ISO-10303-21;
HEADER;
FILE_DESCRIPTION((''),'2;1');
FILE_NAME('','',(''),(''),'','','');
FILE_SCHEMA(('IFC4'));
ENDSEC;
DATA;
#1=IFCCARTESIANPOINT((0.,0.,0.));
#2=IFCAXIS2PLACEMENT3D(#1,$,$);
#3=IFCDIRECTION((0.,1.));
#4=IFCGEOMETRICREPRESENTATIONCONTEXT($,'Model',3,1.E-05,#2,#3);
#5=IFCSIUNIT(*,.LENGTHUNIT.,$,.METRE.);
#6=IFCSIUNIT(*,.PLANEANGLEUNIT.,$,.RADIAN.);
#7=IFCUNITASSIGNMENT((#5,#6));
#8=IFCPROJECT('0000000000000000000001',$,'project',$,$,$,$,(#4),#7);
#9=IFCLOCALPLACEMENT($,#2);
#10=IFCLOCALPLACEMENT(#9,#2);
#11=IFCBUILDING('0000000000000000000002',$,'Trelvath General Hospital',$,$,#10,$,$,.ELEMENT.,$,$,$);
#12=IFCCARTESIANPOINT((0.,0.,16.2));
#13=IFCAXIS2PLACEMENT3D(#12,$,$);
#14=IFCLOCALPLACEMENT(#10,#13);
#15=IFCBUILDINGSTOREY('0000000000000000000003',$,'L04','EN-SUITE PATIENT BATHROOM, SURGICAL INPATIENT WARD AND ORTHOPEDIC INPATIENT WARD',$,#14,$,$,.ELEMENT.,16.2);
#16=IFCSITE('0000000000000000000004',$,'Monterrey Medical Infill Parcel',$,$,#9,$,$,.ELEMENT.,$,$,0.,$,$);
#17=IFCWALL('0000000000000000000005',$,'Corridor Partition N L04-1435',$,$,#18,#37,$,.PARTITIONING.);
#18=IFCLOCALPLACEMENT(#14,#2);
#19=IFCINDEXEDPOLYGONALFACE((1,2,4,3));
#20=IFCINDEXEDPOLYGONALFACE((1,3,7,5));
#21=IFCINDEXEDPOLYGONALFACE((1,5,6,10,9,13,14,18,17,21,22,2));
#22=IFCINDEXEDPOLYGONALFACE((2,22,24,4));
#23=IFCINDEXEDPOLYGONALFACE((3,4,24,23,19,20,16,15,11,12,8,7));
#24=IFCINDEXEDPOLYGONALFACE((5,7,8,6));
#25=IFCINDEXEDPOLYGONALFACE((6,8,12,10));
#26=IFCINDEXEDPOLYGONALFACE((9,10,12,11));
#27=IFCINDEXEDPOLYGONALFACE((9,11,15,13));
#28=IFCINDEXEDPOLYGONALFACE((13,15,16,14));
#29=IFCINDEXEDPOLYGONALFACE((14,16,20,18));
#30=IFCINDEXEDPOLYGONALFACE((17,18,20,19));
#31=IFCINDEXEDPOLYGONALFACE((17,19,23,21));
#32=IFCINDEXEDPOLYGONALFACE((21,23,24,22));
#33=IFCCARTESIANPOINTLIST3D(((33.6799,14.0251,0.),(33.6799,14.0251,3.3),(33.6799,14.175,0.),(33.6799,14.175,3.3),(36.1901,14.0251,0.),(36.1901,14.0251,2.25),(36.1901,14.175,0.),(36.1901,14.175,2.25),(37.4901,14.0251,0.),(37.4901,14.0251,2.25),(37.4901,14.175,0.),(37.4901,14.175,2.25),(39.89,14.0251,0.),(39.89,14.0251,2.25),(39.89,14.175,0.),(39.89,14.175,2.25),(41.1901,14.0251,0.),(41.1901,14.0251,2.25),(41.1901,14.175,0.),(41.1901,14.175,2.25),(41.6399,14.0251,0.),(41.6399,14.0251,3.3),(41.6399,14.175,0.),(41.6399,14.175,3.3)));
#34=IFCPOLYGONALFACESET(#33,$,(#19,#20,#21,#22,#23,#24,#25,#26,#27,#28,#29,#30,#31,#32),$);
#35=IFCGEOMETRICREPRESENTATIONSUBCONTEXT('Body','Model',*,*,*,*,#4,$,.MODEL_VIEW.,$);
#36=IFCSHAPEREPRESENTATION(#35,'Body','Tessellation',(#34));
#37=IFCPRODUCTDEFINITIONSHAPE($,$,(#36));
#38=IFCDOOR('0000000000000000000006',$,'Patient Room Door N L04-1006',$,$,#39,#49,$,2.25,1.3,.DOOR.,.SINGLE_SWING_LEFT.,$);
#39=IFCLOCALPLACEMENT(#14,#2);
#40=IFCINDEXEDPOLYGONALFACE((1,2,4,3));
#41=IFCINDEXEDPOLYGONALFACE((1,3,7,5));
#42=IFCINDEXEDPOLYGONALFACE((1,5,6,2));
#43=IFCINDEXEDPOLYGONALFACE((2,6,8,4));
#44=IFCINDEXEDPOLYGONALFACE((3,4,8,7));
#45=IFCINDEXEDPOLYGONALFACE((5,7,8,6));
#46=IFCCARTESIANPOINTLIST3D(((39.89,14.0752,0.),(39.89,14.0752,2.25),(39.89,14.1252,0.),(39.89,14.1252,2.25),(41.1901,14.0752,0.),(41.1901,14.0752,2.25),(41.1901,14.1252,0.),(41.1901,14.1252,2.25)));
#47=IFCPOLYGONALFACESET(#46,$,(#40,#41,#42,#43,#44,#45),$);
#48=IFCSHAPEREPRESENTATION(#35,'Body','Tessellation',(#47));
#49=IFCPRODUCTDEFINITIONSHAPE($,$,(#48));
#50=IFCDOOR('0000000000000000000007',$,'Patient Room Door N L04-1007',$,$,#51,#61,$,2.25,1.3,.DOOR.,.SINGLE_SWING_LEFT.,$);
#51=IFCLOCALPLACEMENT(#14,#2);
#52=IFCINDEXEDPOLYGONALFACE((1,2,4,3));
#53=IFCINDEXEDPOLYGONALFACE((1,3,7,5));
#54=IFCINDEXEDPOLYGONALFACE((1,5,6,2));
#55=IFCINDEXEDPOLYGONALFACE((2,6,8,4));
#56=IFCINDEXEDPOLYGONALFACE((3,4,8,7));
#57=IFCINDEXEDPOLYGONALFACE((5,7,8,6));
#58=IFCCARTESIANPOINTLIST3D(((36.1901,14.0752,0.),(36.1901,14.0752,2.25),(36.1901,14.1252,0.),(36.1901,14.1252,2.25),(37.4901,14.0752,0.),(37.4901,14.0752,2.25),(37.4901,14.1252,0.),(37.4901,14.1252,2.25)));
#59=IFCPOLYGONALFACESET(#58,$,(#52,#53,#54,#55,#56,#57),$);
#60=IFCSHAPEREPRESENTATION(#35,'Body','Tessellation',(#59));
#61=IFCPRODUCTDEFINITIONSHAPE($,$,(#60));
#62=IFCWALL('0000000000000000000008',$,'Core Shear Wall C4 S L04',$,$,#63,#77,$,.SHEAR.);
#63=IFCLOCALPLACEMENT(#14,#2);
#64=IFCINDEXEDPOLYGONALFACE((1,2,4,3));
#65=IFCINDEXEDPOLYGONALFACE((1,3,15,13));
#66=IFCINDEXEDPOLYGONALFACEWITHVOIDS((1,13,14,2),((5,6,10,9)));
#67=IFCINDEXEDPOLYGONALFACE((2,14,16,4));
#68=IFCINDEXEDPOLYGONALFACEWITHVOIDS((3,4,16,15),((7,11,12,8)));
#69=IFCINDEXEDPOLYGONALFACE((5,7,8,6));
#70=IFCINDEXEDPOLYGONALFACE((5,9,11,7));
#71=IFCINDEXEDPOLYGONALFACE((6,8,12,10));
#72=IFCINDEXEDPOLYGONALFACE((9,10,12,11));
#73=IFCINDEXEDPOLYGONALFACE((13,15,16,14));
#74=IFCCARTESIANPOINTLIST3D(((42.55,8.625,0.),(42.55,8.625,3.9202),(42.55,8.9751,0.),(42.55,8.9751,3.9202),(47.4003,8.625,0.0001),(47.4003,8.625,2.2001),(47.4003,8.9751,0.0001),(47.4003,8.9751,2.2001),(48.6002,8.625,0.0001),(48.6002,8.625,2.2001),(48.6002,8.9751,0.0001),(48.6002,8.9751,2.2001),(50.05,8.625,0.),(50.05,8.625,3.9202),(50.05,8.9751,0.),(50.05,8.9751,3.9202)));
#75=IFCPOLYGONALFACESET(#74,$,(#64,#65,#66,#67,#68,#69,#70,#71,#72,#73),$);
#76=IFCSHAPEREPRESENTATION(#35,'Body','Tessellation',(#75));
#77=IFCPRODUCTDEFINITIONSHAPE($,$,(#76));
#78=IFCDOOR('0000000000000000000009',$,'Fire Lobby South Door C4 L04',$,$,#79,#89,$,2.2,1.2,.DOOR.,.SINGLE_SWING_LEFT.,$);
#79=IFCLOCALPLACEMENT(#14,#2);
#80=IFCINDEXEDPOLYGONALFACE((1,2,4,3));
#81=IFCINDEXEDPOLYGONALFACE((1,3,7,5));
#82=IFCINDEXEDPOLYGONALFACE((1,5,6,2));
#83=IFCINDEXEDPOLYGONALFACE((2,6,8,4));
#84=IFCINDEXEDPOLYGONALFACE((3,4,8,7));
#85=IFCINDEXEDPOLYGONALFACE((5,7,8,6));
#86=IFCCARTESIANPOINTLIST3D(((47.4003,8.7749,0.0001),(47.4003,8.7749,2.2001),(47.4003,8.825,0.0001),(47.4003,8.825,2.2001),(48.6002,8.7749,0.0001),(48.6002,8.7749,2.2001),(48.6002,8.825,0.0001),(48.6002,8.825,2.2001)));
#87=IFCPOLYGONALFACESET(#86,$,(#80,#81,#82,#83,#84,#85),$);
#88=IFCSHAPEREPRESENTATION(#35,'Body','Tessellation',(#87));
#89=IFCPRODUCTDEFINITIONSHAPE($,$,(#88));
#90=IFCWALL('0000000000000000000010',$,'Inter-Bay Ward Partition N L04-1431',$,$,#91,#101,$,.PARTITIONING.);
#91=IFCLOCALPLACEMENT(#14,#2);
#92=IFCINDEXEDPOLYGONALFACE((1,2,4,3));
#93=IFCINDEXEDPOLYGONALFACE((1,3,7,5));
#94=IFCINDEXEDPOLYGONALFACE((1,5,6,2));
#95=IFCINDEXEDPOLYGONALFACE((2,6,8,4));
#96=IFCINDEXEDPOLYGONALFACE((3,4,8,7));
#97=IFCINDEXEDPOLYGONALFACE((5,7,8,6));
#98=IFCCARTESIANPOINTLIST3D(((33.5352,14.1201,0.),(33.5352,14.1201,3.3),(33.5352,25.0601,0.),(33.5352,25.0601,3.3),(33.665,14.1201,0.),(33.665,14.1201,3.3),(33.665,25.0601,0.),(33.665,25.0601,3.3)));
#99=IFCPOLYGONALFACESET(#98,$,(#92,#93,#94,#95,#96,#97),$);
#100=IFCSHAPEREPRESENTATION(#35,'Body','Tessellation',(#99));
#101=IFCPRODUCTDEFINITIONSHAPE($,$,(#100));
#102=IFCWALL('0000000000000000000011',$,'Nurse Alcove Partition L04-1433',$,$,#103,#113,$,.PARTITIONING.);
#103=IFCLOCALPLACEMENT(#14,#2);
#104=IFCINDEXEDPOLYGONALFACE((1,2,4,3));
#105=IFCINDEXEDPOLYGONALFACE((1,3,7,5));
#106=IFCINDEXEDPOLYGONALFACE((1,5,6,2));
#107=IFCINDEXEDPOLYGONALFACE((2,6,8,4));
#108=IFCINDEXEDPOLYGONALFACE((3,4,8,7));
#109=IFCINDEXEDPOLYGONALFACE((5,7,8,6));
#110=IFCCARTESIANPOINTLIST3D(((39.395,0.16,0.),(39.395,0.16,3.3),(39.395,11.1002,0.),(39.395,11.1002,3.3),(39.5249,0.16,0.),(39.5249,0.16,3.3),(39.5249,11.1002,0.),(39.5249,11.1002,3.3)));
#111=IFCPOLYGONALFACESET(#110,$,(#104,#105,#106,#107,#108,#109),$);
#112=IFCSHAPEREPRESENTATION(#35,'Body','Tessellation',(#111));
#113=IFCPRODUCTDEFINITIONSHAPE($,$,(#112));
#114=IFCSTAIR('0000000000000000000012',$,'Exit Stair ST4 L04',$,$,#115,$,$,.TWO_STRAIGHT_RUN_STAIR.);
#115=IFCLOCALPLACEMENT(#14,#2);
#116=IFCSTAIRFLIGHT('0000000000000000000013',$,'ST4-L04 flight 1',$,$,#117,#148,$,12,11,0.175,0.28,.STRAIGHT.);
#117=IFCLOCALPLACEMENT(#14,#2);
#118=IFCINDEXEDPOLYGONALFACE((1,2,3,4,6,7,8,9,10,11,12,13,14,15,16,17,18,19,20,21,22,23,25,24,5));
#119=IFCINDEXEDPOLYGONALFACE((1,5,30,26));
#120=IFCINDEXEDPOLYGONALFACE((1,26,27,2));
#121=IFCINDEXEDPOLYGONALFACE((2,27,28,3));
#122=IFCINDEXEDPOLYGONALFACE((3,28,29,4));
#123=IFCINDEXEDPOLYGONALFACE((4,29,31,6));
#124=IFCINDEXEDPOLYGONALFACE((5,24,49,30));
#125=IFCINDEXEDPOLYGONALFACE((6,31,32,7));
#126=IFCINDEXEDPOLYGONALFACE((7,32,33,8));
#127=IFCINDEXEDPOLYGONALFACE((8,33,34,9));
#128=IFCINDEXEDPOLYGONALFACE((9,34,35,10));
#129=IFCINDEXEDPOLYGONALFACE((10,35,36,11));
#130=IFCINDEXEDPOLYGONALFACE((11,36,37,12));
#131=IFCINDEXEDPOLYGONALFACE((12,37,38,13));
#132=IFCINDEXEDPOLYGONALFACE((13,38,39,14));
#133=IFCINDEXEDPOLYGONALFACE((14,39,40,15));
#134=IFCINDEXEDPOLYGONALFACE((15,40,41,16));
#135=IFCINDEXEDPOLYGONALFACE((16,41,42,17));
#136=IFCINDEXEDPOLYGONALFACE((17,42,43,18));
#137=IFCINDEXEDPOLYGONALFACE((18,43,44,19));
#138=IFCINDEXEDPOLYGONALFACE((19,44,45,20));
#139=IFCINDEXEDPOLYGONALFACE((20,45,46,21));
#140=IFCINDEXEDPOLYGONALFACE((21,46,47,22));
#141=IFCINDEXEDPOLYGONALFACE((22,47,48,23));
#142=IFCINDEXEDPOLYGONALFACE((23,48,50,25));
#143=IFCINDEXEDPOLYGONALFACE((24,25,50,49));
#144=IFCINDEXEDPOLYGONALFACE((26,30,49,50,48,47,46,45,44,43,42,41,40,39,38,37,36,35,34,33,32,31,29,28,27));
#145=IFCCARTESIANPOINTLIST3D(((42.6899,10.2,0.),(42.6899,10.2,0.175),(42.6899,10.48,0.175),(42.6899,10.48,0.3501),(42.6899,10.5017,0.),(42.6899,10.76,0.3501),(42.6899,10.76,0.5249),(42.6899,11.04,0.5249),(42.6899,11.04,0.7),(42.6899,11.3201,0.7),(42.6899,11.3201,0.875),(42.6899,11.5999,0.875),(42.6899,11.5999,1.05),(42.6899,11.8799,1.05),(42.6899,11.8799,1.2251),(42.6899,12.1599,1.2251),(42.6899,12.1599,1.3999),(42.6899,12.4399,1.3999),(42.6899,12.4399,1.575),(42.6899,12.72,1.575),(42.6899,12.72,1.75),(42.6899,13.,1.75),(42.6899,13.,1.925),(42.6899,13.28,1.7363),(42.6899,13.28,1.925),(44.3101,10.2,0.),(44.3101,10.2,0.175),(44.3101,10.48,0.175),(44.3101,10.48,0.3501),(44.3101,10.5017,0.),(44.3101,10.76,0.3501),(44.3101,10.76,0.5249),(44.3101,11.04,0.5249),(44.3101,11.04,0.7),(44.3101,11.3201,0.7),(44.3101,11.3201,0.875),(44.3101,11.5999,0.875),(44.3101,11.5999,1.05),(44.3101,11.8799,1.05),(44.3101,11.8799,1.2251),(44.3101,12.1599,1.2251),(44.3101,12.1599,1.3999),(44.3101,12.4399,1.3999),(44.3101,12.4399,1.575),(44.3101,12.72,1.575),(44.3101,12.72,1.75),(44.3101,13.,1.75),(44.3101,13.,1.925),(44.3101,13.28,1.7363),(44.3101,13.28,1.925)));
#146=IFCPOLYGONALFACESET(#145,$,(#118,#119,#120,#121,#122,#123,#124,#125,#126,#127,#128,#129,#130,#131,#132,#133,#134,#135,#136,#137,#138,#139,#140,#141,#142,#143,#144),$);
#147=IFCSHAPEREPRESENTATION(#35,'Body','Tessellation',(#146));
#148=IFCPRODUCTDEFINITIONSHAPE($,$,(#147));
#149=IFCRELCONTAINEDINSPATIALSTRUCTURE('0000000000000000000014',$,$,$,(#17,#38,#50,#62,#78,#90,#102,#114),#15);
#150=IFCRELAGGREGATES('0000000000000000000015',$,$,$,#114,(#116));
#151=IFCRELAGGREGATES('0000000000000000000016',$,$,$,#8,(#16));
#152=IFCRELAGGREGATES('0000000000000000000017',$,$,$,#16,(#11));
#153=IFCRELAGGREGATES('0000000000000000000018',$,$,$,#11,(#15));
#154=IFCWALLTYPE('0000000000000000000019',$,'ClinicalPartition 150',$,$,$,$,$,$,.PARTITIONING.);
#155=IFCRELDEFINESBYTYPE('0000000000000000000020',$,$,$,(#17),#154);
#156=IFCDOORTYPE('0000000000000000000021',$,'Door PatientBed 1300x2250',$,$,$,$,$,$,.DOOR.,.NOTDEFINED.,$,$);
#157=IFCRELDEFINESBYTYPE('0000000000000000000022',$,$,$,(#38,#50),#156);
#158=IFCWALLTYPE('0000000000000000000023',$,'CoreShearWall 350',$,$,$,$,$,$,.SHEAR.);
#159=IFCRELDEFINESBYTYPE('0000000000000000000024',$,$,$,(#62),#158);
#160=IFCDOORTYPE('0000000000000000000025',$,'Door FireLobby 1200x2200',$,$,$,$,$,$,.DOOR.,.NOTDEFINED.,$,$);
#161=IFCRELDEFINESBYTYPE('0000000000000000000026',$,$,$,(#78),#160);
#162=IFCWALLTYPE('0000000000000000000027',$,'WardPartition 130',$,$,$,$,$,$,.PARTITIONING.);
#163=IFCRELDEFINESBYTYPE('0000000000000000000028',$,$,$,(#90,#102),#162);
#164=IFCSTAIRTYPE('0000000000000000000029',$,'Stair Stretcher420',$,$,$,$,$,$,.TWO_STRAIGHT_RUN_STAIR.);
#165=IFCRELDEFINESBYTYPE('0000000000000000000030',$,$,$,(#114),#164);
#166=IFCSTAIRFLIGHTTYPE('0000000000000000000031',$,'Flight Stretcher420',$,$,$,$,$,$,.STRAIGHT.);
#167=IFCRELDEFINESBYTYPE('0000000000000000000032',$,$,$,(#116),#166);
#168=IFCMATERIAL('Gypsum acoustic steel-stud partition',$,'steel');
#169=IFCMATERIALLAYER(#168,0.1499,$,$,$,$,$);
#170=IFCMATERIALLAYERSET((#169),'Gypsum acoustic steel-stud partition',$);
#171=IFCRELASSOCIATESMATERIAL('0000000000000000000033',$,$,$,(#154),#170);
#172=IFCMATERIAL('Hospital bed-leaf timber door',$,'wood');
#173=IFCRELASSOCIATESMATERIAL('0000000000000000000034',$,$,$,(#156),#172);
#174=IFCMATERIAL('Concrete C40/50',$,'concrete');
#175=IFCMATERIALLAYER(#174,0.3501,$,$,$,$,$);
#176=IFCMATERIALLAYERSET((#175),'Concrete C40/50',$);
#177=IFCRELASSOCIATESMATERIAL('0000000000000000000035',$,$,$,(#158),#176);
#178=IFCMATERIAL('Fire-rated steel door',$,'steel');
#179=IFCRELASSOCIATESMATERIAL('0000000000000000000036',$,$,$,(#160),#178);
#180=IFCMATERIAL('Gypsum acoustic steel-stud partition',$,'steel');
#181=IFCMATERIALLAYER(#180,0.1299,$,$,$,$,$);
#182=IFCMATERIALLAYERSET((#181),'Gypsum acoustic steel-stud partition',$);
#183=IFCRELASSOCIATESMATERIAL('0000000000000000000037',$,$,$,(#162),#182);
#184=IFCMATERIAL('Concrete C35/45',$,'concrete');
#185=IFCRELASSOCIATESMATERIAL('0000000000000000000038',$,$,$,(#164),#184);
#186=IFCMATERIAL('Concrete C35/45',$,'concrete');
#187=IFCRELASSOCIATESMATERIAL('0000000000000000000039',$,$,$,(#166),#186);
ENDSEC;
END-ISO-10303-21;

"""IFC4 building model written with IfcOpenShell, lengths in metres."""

from ifc_helpers import new_model, si_unit, direction, frame, frame_2d, origin, place, context, subcontext, project, spatial, polyline, rectangle, outline, extrude, material, layer, layer_set, type_object, element, fill, aggregate, save


model = new_model("IFC4")

# Units and contexts
model_context = context("Model", 3, precision=1e-05, world=origin(), true_north=direction((0.0, 1.0)))
body_context = subcontext(model_context, "Body", "Model", "MODEL_VIEW")
ifc_project = project(units=[si_unit("LENGTHUNIT", "METRE"), si_unit("PLANEANGLEUNIT", "RADIAN")], contexts=[model_context])

# Site, building, storey
site_placement = place(None, origin())
site = spatial("IfcSite", under=ifc_project, at=site_placement, Name="Monterrey Medical Infill Parcel", CompositionType="ELEMENT", RefElevation=0.0)
building_placement = place(site_placement, origin())
building = spatial("IfcBuilding", under=site, at=building_placement, Name="Trelvath General Hospital", CompositionType="ELEMENT")
storey_placement = place(building_placement, frame((0.0, 0.0, 16.2)))
storey = spatial("IfcBuildingStorey", under=building, at=storey_placement, Name="L04", Description="EN-SUITE PATIENT BATHROOM, SURGICAL INPATIENT WARD AND ORTHOPEDIC INPATIENT WARD", CompositionType="ELEMENT", Elevation=16.2)

# Shared definitions
ifc_material_1 = material(Name="Gypsum acoustic steel-stud partition", Category="steel")
ifc_layer_1 = layer(ifc_material_1, 0.1499)
ifc_layer_set_1 = layer_set([ifc_layer_1], Name="Gypsum acoustic steel-stud partition")
wall_type_1 = type_object("IfcWallType", Name="ClinicalPartition 150", PredefinedType="PARTITIONING", material=ifc_layer_set_1)

# Wall, openings, doors
wall_1_placement = place(storey_placement, frame((41.6399, 14.1001, 0.0), z_axis=(0.0, 0.0, 1.0), x_axis=(-1.0, 0.0, 0.0)))
wall_1 = element("IfcWall", 1, at=wall_1_placement, inside=storey, type_object=wall_type_1, Name="Corridor Partition N L04-1435", PredefinedType="PARTITIONING", context=body_context, shape_type="SweptSolid", body=[
    extrude(rectangle(XDim=7.96, YDim=0.1499, at=frame_2d((3.98, 0.0))), origin(), (0.0, 0.0, 1.0), 3.3),
])
opening_1_placement = place(wall_1_placement, frame((0.45, 0.0, 0.0)))
opening_1 = element("IfcOpeningElement", 2, at=opening_1_placement, cuts=wall_1, PredefinedType="OPENING", context=body_context, shape_type="SweptSolid", body=[
    extrude(rectangle(XDim=1.3, YDim=2.25, at=frame_2d((0.6499, 1.125))), frame((0.0, 0.085, 0.0), z_axis=(0.0, -1.0, 0.0), x_axis=(1.0, 0.0, 0.0)), (0.0, 0.0, 1.0), 0.1699),
])
opening_2_placement = place(wall_1_placement, frame((4.1499, 0.0, 0.0)))
opening_2 = element("IfcOpeningElement", 3, at=opening_2_placement, cuts=wall_1, PredefinedType="OPENING", context=body_context, shape_type="SweptSolid", body=[
    extrude(rectangle(XDim=1.3, YDim=2.25, at=frame_2d((0.6499, 1.125))), frame((0.0, 0.085, 0.0), z_axis=(0.0, -1.0, 0.0), x_axis=(1.0, 0.0, 0.0)), (0.0, 0.0, 1.0), 0.1699),
])
ifc_material_2 = material(Name="Hospital bed-leaf timber door", Category="wood")
door_type_1 = type_object("IfcDoorType", Name="Door PatientBed 1300x2250", OperationType="NOTDEFINED", PredefinedType="DOOR", material=ifc_material_2)
door_1_placement = place(opening_1_placement, origin())
door_1 = element("IfcDoor", 4, at=door_1_placement, inside=storey, type_object=door_type_1, Name="Patient Room Door N L04-1006", OperationType="SINGLE_SWING_LEFT", OverallHeight=2.25, OverallWidth=1.3, PredefinedType="DOOR", context=body_context, shape_type="SweptSolid", body=[
    extrude(rectangle(XDim=1.3, YDim=2.25, at=frame_2d((0.6499, 1.125))), frame((0.0, 0.0249, 0.0), z_axis=(0.0, -1.0, 0.0), x_axis=(1.0, 0.0, 0.0)), (0.0, 0.0, 1.0), 0.05),
])
fill(opening_1, door_1)
door_2_placement = place(opening_2_placement, origin())
door_2 = element("IfcDoor", 5, at=door_2_placement, inside=storey, type_object=door_type_1, Name="Patient Room Door N L04-1007", OperationType="SINGLE_SWING_LEFT", OverallHeight=2.25, OverallWidth=1.3, PredefinedType="DOOR", context=body_context, shape_type="SweptSolid", body=[
    extrude(rectangle(XDim=1.3, YDim=2.25, at=frame_2d((0.6499, 1.125))), frame((0.0, 0.0249, 0.0), z_axis=(0.0, -1.0, 0.0), x_axis=(1.0, 0.0, 0.0)), (0.0, 0.0, 1.0), 0.05),
])
fill(opening_2, door_2)

# Wall, opening, door
ifc_material_3 = material(Name="Concrete C40/50", Category="concrete")
ifc_layer_2 = layer(ifc_material_3, 0.3501)
ifc_layer_set_2 = layer_set([ifc_layer_2], Name="Concrete C40/50")
wall_type_2 = type_object("IfcWallType", Name="CoreShearWall 350", PredefinedType="SHEAR", material=ifc_layer_set_2)
wall_2_placement = place(storey_placement, frame((42.55, 8.8, 0.0), z_axis=(0.0, 0.0, 1.0), x_axis=(1.0, 0.0, 0.0)))
wall_2 = element("IfcWall", 6, at=wall_2_placement, inside=storey, type_object=wall_type_2, Name="Core Shear Wall C4 S L04", PredefinedType="SHEAR", context=body_context, shape_type="SweptSolid", body=[
    extrude(rectangle(XDim=7.5, YDim=0.3501, at=frame_2d((3.75, 0.0))), origin(), (0.0, 0.0, 1.0), 3.9202),
])
opening_3_placement = place(wall_2_placement, frame((4.8501, 0.0, 0.0)))
opening_3 = element("IfcOpeningElement", 7, at=opening_3_placement, cuts=wall_2, PredefinedType="OPENING", context=body_context, shape_type="SweptSolid", body=[
    extrude(rectangle(XDim=1.2, YDim=2.2, at=frame_2d((0.6001, 1.1001))), frame((0.0, 0.1851, 0.0), z_axis=(0.0, -1.0, 0.0), x_axis=(1.0, 0.0, 0.0)), (0.0, 0.0, 1.0), 0.3701),
])
ifc_material_4 = material(Name="Fire-rated steel door", Category="steel")
door_type_2 = type_object("IfcDoorType", Name="Door FireLobby 1200x2200", OperationType="NOTDEFINED", PredefinedType="DOOR", material=ifc_material_4)
door_3_placement = place(opening_3_placement, origin())
door_3 = element("IfcDoor", 8, at=door_3_placement, inside=storey, type_object=door_type_2, Name="Fire Lobby South Door C4 L04", OperationType="SINGLE_SWING_LEFT", OverallHeight=2.2, OverallWidth=1.2, PredefinedType="DOOR", context=body_context, shape_type="SweptSolid", body=[
    extrude(rectangle(XDim=1.2, YDim=2.2, at=frame_2d((0.6001, 1.1001))), frame((0.0, 0.0249, 0.0), z_axis=(0.0, -1.0, 0.0), x_axis=(1.0, 0.0, 0.0)), (0.0, 0.0, 1.0), 0.05),
])
fill(opening_3, door_3)

# Walls
ifc_material_5 = material(Name="Gypsum acoustic steel-stud partition", Category="steel")
ifc_layer_3 = layer(ifc_material_5, 0.1299)
ifc_layer_set_3 = layer_set([ifc_layer_3], Name="Gypsum acoustic steel-stud partition")
wall_type_3 = type_object("IfcWallType", Name="WardPartition 130", PredefinedType="PARTITIONING", material=ifc_layer_set_3)
wall_3_placement = place(storey_placement, frame((33.6001, 14.1201, 0.0), z_axis=(0.0, 0.0, 1.0), x_axis=(0.0, 1.0, 0.0)))
element("IfcWall", 9, at=wall_3_placement, inside=storey, type_object=wall_type_3, Name="Inter-Bay Ward Partition N L04-1431", PredefinedType="PARTITIONING", context=body_context, shape_type="SweptSolid", body=[
    extrude(rectangle(XDim=10.9399, YDim=0.1299, at=frame_2d((5.47, 0.0))), origin(), (0.0, 0.0, 1.0), 3.3),
])
wall_4_placement = place(storey_placement, frame((39.46, 0.1599, 0.0), z_axis=(0.0, 0.0, 1.0), x_axis=(0.0, 1.0, 0.0)))
element("IfcWall", 10, at=wall_4_placement, inside=storey, type_object=wall_type_3, Name="Nurse Alcove Partition L04-1433", PredefinedType="PARTITIONING", context=body_context, shape_type="SweptSolid", body=[
    extrude(rectangle(XDim=10.9402, YDim=0.1299, at=frame_2d((5.4702, 0.0))), origin(), (0.0, 0.0, 1.0), 3.3),
])

# Stair, stair flight
ifc_material_6 = material(Name="Concrete C35/45", Category="concrete")
stair_type = type_object("IfcStairType", Name="Stair Stretcher420", PredefinedType="TWO_STRAIGHT_RUN_STAIR", material=ifc_material_6)
stair_placement = place(storey_placement, origin())
stair = element("IfcStair", 11, at=stair_placement, inside=storey, type_object=stair_type, Name="Exit Stair ST4 L04", PredefinedType="TWO_STRAIGHT_RUN_STAIR")
ifc_material_7 = material(Name="Concrete C35/45", Category="concrete")
stair_flight_type = type_object("IfcStairFlightType", Name="Flight Stretcher420", PredefinedType="STRAIGHT", material=ifc_material_7)
stair_flight_placement = place(storey_placement, frame((43.5, 10.2, 0.0), z_axis=(0.0, 0.0, 1.0), x_axis=(0.0, 1.0, 0.0)))
stair_flight = element("IfcStairFlight", 12, at=stair_flight_placement, type_object=stair_flight_type, Name="ST4-L04 flight 1", NumberOfRisers=12, NumberOfTreads=11, PredefinedType="STRAIGHT", RiserHeight=0.175, TreadLength=0.28, context=body_context, shape_type="SweptSolid", body=[
    extrude(outline(polyline([(0.0, 0.0), (0.0, 0.175), (0.28, 0.175), (0.28, 0.3501), (0.5601, 0.3501), (0.5601, 0.5249), (0.8401, 0.5249), (0.8401, 0.7), (1.1201, 0.7), (1.1201, 0.875), (1.3999, 0.875), (1.3999, 1.05), (1.6799, 1.05), (1.6799, 1.2251), (1.96, 1.2251), (1.96, 1.3999), (2.24, 1.3999), (2.24, 1.575), (2.52, 1.575), (2.52, 1.75), (2.8, 1.75), (2.8, 1.925), (3.0801, 1.925), (3.0801, 2.1001), (3.0801, 1.7363), (0.3018, 0.0), (0.0, 0.0)])), frame((0.0, 0.8101, 0.0), z_axis=(0.0, -1.0, 0.0), x_axis=(1.0, 0.0, 0.0)), (0.0, 0.0, 1.0), 1.6201),
])
aggregate(stair, [stair_flight])

save(model, "model.ifc")
